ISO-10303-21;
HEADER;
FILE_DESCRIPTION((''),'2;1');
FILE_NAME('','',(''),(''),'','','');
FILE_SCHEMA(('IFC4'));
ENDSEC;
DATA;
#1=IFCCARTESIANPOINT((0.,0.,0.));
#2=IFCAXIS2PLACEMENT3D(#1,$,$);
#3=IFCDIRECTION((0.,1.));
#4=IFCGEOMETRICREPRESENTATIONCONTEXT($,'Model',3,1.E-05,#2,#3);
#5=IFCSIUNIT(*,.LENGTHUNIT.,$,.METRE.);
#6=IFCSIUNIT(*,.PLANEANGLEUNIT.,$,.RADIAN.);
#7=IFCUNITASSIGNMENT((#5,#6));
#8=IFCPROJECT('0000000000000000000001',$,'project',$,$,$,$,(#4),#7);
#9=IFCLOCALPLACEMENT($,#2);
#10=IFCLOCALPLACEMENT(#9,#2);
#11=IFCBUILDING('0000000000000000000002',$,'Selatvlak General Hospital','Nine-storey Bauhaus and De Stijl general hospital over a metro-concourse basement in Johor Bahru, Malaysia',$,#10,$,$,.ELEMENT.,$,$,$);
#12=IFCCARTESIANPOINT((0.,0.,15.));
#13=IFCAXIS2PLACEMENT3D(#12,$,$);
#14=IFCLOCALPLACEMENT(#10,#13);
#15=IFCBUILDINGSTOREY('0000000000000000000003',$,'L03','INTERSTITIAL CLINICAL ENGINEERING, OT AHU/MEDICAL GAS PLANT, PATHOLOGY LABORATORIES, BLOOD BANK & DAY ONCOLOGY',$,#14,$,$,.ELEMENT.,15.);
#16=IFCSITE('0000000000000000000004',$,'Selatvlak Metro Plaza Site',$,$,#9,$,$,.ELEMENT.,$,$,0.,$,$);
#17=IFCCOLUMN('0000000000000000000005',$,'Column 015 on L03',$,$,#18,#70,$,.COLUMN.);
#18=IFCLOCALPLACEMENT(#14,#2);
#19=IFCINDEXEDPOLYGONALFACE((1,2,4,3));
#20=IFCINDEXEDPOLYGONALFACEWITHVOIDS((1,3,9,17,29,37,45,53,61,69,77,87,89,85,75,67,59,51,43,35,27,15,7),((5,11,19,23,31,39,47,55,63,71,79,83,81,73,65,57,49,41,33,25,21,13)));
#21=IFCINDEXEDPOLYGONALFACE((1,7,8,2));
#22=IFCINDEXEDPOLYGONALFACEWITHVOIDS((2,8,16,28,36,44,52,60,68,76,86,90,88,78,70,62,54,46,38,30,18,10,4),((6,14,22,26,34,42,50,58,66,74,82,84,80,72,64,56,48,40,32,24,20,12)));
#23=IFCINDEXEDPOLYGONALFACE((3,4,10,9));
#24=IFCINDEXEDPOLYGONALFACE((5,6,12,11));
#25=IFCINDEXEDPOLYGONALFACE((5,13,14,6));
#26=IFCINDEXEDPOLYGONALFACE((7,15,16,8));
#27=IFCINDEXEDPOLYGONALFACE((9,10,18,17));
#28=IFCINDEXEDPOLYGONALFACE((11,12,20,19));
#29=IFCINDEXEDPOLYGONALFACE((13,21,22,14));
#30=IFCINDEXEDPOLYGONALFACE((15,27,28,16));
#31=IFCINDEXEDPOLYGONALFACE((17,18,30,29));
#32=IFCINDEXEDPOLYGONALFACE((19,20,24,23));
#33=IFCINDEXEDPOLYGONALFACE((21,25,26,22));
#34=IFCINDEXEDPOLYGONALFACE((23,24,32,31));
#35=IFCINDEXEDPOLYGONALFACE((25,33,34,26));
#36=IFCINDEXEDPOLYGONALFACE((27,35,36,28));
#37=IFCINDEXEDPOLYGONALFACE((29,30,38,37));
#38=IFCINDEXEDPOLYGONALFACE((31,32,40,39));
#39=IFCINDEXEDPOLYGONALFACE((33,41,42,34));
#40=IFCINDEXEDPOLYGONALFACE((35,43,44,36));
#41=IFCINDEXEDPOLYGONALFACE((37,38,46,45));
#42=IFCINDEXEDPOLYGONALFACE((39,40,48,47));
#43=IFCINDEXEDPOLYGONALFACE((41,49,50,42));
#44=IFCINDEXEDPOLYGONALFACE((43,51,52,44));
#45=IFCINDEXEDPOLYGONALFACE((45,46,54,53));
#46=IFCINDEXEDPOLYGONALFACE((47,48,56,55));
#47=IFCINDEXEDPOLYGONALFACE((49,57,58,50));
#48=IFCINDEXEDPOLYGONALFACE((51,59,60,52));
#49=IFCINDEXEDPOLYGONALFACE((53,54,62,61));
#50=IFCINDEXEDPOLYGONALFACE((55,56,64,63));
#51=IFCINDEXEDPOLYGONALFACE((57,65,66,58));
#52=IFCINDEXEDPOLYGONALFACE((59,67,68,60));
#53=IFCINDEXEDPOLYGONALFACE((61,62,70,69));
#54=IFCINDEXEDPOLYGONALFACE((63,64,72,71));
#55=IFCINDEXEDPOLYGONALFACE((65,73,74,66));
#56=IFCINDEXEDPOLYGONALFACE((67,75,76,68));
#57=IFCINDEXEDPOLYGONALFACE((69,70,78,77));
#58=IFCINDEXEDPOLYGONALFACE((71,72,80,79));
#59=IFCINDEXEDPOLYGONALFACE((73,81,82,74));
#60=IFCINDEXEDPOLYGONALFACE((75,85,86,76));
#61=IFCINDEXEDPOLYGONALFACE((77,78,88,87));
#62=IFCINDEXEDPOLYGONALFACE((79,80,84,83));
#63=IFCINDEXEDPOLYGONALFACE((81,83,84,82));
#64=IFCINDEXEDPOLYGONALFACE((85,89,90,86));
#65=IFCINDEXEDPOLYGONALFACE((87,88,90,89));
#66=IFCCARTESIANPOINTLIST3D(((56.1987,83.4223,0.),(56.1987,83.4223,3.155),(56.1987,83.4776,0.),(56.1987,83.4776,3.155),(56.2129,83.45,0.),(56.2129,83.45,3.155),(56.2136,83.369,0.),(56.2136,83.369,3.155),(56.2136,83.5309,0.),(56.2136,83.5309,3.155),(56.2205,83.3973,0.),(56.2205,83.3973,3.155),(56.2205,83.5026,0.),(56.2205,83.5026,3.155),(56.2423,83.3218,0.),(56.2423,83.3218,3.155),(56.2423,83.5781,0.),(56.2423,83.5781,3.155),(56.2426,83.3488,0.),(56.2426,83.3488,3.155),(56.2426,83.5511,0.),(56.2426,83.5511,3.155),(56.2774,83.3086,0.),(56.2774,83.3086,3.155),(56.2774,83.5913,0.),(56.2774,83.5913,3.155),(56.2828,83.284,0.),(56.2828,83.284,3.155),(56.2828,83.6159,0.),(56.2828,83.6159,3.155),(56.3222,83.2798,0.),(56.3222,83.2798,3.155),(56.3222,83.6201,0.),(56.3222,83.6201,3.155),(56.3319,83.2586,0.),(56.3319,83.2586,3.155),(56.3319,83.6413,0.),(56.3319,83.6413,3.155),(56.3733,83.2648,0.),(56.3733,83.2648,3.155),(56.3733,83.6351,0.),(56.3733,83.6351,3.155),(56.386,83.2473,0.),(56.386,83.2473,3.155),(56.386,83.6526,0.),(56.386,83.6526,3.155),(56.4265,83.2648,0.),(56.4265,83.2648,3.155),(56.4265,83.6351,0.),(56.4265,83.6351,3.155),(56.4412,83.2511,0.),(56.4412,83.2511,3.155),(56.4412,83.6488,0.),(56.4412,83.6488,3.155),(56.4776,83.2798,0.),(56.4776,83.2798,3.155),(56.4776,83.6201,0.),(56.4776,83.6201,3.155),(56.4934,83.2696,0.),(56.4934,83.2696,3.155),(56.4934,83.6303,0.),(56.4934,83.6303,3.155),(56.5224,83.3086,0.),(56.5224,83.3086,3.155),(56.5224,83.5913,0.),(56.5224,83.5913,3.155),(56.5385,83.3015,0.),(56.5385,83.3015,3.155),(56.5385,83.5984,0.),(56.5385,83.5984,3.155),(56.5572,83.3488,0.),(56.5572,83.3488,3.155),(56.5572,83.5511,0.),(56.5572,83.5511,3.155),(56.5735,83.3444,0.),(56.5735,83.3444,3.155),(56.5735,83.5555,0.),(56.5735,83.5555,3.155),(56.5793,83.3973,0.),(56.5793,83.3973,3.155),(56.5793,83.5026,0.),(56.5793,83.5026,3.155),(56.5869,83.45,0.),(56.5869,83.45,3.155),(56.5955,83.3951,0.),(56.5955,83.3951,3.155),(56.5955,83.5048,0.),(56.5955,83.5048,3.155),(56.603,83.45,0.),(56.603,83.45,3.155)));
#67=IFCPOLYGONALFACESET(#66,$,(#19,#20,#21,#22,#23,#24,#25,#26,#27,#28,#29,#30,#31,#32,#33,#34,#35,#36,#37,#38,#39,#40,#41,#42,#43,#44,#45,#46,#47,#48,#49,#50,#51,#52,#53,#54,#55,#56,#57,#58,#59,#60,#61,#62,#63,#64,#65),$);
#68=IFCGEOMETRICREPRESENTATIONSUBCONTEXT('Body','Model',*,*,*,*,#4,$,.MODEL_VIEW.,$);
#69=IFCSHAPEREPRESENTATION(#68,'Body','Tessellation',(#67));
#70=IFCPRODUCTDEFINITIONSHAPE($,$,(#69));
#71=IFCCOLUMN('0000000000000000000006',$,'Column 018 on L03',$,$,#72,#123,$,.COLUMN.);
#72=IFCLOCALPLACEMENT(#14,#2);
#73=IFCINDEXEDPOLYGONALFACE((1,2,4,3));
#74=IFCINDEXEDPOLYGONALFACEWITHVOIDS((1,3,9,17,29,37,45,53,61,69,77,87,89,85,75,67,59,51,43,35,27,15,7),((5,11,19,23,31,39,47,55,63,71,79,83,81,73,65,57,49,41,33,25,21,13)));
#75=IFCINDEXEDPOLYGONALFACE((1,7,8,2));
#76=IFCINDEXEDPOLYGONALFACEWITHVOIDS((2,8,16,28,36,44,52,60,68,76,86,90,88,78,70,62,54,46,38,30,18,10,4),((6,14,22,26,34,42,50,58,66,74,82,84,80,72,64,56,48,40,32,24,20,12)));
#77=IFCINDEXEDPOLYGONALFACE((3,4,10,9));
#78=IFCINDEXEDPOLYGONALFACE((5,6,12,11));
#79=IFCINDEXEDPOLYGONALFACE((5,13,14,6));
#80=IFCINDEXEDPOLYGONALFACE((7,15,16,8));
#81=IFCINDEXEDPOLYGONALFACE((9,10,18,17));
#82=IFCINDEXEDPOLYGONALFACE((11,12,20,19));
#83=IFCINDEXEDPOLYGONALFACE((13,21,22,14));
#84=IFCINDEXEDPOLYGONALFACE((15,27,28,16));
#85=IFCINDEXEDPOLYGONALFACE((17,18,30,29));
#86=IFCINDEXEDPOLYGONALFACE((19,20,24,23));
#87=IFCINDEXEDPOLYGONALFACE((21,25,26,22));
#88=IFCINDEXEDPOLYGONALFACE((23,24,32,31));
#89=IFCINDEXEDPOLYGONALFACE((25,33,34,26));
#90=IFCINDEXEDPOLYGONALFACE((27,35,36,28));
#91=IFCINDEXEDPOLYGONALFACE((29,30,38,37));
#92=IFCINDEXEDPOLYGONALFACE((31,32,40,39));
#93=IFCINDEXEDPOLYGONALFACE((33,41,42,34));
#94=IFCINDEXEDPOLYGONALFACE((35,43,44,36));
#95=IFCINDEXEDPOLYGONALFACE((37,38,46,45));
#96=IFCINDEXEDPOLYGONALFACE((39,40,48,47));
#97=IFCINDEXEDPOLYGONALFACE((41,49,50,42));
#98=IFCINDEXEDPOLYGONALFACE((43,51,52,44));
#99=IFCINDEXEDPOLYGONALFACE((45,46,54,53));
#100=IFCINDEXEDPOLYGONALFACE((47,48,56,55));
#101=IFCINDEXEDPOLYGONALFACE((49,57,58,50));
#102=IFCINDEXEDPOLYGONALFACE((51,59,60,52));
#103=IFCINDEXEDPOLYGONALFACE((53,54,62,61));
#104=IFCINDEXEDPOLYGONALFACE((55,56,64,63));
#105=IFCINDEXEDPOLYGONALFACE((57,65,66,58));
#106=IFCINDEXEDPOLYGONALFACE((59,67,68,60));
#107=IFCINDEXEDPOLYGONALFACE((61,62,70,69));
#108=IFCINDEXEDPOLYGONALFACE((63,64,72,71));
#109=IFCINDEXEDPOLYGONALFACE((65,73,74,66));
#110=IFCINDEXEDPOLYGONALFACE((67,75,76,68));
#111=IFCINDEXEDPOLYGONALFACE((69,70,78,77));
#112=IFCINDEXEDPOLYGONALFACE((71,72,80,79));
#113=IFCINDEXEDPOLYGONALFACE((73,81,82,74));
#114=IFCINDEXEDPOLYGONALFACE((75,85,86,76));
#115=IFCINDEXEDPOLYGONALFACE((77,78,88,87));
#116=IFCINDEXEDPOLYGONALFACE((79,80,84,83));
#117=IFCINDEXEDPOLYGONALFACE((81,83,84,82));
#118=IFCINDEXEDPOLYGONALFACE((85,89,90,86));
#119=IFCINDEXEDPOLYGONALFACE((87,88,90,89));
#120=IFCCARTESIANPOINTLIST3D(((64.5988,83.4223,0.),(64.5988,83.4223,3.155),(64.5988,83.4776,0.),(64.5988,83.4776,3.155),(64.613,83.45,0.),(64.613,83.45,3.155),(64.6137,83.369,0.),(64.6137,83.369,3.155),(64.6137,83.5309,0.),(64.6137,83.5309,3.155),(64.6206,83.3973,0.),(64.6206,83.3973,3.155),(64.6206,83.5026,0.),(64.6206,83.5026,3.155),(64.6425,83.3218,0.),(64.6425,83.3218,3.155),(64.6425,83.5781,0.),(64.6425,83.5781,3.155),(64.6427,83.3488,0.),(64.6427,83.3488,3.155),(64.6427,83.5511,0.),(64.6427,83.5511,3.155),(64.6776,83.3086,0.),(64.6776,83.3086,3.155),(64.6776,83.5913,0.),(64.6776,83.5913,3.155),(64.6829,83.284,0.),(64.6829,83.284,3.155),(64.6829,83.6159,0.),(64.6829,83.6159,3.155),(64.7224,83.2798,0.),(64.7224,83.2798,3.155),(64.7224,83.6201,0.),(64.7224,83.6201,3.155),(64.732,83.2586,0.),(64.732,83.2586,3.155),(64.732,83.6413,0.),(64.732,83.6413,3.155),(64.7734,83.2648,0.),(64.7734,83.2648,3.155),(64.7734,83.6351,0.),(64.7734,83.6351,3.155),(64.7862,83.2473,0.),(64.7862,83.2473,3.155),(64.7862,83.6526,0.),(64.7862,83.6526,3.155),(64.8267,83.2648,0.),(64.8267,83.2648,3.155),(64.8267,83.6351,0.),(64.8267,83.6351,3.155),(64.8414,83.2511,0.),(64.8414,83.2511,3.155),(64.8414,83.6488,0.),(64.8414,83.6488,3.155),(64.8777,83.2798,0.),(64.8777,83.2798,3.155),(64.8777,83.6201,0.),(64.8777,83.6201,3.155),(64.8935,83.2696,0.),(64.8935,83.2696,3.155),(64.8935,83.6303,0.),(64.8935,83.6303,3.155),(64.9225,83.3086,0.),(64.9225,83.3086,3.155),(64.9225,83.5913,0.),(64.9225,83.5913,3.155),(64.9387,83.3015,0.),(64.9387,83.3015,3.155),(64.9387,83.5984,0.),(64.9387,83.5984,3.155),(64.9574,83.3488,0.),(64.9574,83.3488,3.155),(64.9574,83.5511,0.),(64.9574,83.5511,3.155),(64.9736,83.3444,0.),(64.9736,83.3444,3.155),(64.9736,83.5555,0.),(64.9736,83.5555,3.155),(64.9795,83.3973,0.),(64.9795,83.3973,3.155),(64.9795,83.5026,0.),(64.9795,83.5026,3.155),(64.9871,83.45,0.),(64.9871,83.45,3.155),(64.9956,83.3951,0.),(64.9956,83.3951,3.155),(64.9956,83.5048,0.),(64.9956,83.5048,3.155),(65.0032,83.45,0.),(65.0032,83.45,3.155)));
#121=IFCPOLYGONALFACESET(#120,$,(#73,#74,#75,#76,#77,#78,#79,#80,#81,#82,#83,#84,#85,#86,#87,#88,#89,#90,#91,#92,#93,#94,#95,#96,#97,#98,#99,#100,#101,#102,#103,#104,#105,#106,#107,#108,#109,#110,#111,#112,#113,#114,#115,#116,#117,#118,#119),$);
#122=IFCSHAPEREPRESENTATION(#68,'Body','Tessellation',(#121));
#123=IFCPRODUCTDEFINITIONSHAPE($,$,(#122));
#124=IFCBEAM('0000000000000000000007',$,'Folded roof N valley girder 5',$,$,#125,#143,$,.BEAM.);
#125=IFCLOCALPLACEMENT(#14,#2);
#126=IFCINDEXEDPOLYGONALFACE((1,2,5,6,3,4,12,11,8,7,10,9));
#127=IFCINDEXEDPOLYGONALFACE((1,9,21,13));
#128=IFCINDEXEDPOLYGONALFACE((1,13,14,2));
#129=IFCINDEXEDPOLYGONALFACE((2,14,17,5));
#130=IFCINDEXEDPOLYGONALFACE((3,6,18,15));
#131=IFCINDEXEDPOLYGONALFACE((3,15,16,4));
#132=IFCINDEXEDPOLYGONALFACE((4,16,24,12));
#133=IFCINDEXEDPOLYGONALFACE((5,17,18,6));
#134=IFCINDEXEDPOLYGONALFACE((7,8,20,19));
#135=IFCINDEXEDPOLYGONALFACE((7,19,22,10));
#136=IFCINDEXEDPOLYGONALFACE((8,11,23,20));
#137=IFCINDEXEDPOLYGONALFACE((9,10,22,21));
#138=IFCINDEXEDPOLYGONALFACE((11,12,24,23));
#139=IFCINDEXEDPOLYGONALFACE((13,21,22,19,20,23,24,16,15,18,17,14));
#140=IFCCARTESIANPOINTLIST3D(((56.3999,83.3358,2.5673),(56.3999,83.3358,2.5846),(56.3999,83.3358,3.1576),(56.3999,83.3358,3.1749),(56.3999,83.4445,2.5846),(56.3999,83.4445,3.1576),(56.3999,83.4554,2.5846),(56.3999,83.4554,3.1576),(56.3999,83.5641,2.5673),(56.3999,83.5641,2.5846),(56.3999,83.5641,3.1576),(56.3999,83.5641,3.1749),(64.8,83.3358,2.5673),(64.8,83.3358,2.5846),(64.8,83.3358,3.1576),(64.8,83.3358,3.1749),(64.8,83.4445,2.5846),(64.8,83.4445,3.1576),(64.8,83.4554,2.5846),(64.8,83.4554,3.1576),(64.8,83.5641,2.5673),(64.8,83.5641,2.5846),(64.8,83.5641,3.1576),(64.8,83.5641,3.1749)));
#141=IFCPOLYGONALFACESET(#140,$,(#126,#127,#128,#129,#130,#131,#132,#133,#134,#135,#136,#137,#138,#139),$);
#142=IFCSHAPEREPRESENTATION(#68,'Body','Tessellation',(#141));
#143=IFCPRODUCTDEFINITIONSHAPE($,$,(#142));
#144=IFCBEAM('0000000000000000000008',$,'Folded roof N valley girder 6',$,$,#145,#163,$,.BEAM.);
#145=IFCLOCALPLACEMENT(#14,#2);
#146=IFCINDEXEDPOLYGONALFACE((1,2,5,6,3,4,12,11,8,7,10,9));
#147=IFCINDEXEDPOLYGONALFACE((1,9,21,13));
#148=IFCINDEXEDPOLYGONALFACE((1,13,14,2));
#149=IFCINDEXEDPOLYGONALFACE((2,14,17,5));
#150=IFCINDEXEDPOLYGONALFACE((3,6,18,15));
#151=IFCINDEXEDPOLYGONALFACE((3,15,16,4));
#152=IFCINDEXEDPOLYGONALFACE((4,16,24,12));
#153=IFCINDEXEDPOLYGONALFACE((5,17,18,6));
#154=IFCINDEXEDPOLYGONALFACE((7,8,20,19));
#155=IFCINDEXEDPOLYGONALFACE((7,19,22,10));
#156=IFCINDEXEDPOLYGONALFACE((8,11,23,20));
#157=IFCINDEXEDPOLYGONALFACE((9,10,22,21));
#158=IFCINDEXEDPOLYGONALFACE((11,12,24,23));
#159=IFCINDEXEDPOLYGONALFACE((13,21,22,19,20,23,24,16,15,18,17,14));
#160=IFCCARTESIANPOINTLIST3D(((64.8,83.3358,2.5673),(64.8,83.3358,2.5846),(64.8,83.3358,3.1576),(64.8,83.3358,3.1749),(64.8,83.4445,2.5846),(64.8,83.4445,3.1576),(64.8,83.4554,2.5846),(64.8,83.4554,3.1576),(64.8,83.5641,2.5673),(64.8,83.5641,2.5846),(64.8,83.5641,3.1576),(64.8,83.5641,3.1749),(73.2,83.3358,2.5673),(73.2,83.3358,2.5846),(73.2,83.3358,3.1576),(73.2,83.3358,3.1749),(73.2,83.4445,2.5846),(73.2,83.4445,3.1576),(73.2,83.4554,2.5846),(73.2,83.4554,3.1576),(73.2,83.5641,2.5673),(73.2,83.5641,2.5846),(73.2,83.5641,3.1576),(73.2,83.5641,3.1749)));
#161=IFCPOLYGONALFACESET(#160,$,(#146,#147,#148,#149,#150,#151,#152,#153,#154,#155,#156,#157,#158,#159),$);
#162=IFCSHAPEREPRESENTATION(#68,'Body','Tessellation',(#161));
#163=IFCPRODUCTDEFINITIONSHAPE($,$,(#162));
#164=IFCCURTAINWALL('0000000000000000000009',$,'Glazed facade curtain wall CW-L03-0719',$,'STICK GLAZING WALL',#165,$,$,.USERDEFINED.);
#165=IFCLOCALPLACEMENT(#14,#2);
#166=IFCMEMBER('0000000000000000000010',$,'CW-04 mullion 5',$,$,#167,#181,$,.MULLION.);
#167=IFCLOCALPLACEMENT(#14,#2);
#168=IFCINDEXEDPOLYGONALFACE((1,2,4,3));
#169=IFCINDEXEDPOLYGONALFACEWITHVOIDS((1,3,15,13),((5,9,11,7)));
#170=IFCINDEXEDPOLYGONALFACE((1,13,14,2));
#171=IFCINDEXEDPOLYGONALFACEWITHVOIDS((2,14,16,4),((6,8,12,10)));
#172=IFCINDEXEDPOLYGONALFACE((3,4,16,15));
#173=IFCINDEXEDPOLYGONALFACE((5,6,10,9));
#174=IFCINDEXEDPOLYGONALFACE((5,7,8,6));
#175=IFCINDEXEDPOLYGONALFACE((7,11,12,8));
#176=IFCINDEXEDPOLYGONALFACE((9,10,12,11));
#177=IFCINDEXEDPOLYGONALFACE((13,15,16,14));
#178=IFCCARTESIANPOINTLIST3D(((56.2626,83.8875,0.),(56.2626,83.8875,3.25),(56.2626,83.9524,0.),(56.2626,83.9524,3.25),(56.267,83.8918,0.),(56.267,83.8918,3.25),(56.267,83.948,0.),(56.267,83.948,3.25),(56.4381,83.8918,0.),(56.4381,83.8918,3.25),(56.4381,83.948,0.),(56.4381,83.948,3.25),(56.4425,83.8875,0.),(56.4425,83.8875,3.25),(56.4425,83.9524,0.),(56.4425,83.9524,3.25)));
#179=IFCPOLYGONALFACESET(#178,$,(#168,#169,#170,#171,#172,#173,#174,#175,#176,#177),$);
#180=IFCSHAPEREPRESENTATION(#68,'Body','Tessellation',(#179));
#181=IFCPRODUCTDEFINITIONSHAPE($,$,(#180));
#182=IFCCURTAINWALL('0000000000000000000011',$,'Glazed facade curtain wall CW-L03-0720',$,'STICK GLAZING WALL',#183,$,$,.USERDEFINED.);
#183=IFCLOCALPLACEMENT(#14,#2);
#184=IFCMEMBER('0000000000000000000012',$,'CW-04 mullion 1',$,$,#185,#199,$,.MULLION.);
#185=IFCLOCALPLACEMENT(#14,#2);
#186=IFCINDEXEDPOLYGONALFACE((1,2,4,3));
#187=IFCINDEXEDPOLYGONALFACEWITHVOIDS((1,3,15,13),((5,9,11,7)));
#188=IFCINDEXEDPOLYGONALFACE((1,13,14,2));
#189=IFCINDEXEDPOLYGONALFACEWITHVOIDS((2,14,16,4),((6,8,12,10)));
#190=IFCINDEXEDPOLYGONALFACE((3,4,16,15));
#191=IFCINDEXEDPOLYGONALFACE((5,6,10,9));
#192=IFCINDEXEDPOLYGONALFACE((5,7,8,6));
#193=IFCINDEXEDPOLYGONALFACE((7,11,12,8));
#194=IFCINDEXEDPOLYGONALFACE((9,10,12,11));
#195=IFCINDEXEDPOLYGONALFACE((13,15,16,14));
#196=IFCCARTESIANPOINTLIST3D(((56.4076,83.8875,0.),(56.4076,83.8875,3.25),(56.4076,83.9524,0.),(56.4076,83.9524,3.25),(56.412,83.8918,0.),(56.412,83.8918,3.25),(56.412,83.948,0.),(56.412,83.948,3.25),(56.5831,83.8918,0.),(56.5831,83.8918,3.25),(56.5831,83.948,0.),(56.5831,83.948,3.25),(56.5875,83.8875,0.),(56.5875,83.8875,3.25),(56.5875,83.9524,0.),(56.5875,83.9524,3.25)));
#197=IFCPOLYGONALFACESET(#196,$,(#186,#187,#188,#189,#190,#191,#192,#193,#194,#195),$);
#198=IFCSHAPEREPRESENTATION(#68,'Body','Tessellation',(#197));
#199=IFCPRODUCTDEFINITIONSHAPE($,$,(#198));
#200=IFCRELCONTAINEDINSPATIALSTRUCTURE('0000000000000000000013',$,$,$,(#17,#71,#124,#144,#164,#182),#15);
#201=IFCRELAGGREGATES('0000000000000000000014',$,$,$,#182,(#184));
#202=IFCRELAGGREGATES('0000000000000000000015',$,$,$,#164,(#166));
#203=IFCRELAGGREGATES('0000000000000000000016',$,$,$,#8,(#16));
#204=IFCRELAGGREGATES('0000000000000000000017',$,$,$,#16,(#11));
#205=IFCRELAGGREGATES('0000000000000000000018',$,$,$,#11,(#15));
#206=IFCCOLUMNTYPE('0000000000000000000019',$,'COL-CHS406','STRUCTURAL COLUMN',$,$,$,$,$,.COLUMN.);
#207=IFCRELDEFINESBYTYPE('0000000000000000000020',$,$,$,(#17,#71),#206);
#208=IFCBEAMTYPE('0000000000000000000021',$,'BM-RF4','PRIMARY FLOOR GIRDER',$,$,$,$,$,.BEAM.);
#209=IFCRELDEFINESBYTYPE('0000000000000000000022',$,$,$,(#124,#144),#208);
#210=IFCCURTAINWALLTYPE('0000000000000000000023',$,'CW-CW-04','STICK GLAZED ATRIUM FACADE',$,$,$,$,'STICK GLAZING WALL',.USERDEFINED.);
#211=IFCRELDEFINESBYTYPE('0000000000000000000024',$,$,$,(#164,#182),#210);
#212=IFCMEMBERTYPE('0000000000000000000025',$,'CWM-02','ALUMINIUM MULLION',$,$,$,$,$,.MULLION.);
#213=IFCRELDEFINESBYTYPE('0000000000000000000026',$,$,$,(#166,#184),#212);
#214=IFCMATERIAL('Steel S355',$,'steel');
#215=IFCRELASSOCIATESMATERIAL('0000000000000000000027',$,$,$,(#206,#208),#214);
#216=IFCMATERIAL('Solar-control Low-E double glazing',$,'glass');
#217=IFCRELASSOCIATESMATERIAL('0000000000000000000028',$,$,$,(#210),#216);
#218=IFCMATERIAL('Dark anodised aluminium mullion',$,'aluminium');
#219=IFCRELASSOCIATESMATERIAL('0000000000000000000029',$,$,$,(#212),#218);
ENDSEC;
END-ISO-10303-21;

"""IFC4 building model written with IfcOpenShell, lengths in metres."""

from ifc_helpers import new_model, si_unit, direction, frame, origin, origin_2d, place, context, subcontext, project, spatial, hollow_rectangle, hollow_circle, i_section, extrude, material, material_profile, profile_set, type_object, element, aggregate, save


model = new_model("IFC4")

# Units and contexts
model_context = context("Model", 3, precision=1e-05, world=origin(), true_north=direction((0.0, 1.0)))
body_context = subcontext(model_context, "Body", "Model", "MODEL_VIEW")
ifc_project = project(units=[si_unit("LENGTHUNIT", "METRE"), si_unit("PLANEANGLEUNIT", "RADIAN")], contexts=[model_context])

# Site, building, storey
site_placement = place(None, origin())
site = spatial("IfcSite", under=ifc_project, at=site_placement, Name="Selatvlak Metro Plaza Site", CompositionType="ELEMENT", RefElevation=0.0)
building_placement = place(site_placement, origin())
building = spatial("IfcBuilding", under=site, at=building_placement, Name="Selatvlak General Hospital", Description="Nine-storey Bauhaus and De Stijl general hospital over a metro-concourse basement in Johor Bahru, Malaysia", CompositionType="ELEMENT")
storey_placement = place(building_placement, frame((0.0, 0.0, 15.0)))
storey = spatial("IfcBuildingStorey", under=building, at=storey_placement, Name="L03", Description="INTERSTITIAL CLINICAL ENGINEERING, OT AHU/MEDICAL GAS PLANT, PATHOLOGY LABORATORIES, BLOOD BANK & DAY ONCOLOGY", CompositionType="ELEMENT", Elevation=15.0)

# Columns
ifc_material_1 = material(Name="Steel S355", Category="steel")
ifc_material_profile_1 = material_profile(ifc_material_1, hollow_circle(Radius=0.2031, WallThickness=0.0161, at=origin_2d()), Name="CHS 406.4x16")
ifc_profile_set_1 = profile_set([ifc_material_profile_1], Name="Steel S355")
column_type = type_object("IfcColumnType", Name="COL-CHS406", Description="STRUCTURAL COLUMN", PredefinedType="COLUMN", material=ifc_profile_set_1)
for number, where, z_axis, x_axis, name in (
    (1, (56.3999, 83.45, 0.0), (0.0, 0.0, 1.0), (1.0, 0.0, 0.0), "Column 015 on L03"),
    (2, (64.8, 83.45, 0.0), (0.0, 0.0, 1.0), (1.0, 0.0, 0.0), "Column 018 on L03"),
):
    element("IfcColumn", number, at=place(storey_placement, frame(where, z_axis=z_axis, x_axis=x_axis)), inside=storey, type_object=column_type, Name=name, PredefinedType="COLUMN", context=body_context, shape_type="SweptSolid", body=[
        extrude(hollow_circle(Radius=0.2031, WallThickness=0.0161, at=origin_2d()), origin(), (0.0, 0.0, 1.0), 3.155),
    ])

# Beams
ifc_material_profile_2 = material_profile(ifc_material_1, i_section(OverallWidth=0.2283, OverallDepth=0.6077, WebThickness=0.011, FlangeThickness=0.0173, at=origin_2d()), Name="UB 610x229x113")
ifc_profile_set_2 = profile_set([ifc_material_profile_2], Name="Steel S355")
beam_type = type_object("IfcBeamType", Name="BM-RF4", Description="PRIMARY FLOOR GIRDER", PredefinedType="BEAM", material=ifc_profile_set_2)
beam_1_placement = place(storey_placement, frame((56.3999, 83.45, 2.8711), z_axis=(1.0, 0.0, 0.0), x_axis=(0.0, 1.0, 0.0)))
element("IfcBeam", 3, at=beam_1_placement, inside=storey, type_object=beam_type, Name="Folded roof N valley girder 5", PredefinedType="BEAM", context=body_context, shape_type="SweptSolid", body=[
    extrude(i_section(OverallWidth=0.2283, OverallDepth=0.6077, WebThickness=0.011, FlangeThickness=0.0173, at=origin_2d()), origin(), (0.0, 0.0, 1.0), 8.4001),
])
beam_2_placement = place(storey_placement, frame((64.8, 83.45, 2.8711), z_axis=(1.0, 0.0, 0.0), x_axis=(0.0, 1.0, 0.0)))
element("IfcBeam", 4, at=beam_2_placement, inside=storey, type_object=beam_type, Name="Folded roof N valley girder 6", PredefinedType="BEAM", context=body_context, shape_type="SweptSolid", body=[
    extrude(i_section(OverallWidth=0.2283, OverallDepth=0.6077, WebThickness=0.011, FlangeThickness=0.0173, at=origin_2d()), origin(), (0.0, 0.0, 1.0), 8.3999),
])

# Curtain walls, members
ifc_material_2 = material(Name="Solar-control Low-E double glazing", Category="glass")
curtain_wall_type = type_object("IfcCurtainWallType", Name="CW-CW-04", Description="STICK GLAZED ATRIUM FACADE", ElementType="STICK GLAZING WALL", PredefinedType="USERDEFINED", material=ifc_material_2)
curtain_wall_1_placement = place(storey_placement, origin())
curtain_wall_1 = element("IfcCurtainWall", 5, at=curtain_wall_1_placement, inside=storey, type_object=curtain_wall_type, Name="Glazed facade curtain wall CW-L03-0719", ObjectType="STICK GLAZING WALL", PredefinedType="USERDEFINED")
ifc_material_3 = material(Name="Dark anodised aluminium mullion", Category="aluminium")
ifc_material_profile_3 = material_profile(ifc_material_3, hollow_rectangle(XDim=0.0649, YDim=0.1799, WallThickness=0.0044, at=origin_2d()), Name="AL-MUL 65x180x4.5")
ifc_profile_set_3 = profile_set([ifc_material_profile_3], Name="Dark anodised aluminium mullion")
member_type_1 = type_object("IfcMemberType", Name="CWM-02", Description="ALUMINIUM MULLION", PredefinedType="MULLION", material=ifc_profile_set_3)
member_1_placement = place(storey_placement, frame((56.3525, 83.9199, 0.0), z_axis=(0.0, 0.0, 1.0), x_axis=(0.0, 1.0, 0.0)))
member_1 = element("IfcMember", 6, at=member_1_placement, type_object=member_type_1, Name="CW-04 mullion 5", PredefinedType="MULLION", context=body_context, shape_type="SweptSolid", body=[
    extrude(hollow_rectangle(XDim=0.0649, YDim=0.1799, WallThickness=0.0044, at=origin_2d()), origin(), (0.0, 0.0, 1.0), 3.25),
])
curtain_wall_2_placement = place(storey_placement, origin())
curtain_wall_2 = element("IfcCurtainWall", 7, at=curtain_wall_2_placement, inside=storey, type_object=curtain_wall_type, Name="Glazed facade curtain wall CW-L03-0720", ObjectType="STICK GLAZING WALL", PredefinedType="USERDEFINED")
member_2_placement = place(storey_placement, frame((56.4976, 83.9199, 0.0), z_axis=(0.0, 0.0, 1.0), x_axis=(0.0, 1.0, 0.0)))
member_2 = element("IfcMember", 8, at=member_2_placement, type_object=member_type_1, Name="CW-04 mullion 1", PredefinedType="MULLION", context=body_context, shape_type="SweptSolid", body=[
    extrude(hollow_rectangle(XDim=0.0649, YDim=0.1799, WallThickness=0.0044, at=origin_2d()), origin(), (0.0, 0.0, 1.0), 3.25),
])

aggregate(curtain_wall_2, [member_2])

aggregate(curtain_wall_1, [member_1])

save(model, "model.ifc")
